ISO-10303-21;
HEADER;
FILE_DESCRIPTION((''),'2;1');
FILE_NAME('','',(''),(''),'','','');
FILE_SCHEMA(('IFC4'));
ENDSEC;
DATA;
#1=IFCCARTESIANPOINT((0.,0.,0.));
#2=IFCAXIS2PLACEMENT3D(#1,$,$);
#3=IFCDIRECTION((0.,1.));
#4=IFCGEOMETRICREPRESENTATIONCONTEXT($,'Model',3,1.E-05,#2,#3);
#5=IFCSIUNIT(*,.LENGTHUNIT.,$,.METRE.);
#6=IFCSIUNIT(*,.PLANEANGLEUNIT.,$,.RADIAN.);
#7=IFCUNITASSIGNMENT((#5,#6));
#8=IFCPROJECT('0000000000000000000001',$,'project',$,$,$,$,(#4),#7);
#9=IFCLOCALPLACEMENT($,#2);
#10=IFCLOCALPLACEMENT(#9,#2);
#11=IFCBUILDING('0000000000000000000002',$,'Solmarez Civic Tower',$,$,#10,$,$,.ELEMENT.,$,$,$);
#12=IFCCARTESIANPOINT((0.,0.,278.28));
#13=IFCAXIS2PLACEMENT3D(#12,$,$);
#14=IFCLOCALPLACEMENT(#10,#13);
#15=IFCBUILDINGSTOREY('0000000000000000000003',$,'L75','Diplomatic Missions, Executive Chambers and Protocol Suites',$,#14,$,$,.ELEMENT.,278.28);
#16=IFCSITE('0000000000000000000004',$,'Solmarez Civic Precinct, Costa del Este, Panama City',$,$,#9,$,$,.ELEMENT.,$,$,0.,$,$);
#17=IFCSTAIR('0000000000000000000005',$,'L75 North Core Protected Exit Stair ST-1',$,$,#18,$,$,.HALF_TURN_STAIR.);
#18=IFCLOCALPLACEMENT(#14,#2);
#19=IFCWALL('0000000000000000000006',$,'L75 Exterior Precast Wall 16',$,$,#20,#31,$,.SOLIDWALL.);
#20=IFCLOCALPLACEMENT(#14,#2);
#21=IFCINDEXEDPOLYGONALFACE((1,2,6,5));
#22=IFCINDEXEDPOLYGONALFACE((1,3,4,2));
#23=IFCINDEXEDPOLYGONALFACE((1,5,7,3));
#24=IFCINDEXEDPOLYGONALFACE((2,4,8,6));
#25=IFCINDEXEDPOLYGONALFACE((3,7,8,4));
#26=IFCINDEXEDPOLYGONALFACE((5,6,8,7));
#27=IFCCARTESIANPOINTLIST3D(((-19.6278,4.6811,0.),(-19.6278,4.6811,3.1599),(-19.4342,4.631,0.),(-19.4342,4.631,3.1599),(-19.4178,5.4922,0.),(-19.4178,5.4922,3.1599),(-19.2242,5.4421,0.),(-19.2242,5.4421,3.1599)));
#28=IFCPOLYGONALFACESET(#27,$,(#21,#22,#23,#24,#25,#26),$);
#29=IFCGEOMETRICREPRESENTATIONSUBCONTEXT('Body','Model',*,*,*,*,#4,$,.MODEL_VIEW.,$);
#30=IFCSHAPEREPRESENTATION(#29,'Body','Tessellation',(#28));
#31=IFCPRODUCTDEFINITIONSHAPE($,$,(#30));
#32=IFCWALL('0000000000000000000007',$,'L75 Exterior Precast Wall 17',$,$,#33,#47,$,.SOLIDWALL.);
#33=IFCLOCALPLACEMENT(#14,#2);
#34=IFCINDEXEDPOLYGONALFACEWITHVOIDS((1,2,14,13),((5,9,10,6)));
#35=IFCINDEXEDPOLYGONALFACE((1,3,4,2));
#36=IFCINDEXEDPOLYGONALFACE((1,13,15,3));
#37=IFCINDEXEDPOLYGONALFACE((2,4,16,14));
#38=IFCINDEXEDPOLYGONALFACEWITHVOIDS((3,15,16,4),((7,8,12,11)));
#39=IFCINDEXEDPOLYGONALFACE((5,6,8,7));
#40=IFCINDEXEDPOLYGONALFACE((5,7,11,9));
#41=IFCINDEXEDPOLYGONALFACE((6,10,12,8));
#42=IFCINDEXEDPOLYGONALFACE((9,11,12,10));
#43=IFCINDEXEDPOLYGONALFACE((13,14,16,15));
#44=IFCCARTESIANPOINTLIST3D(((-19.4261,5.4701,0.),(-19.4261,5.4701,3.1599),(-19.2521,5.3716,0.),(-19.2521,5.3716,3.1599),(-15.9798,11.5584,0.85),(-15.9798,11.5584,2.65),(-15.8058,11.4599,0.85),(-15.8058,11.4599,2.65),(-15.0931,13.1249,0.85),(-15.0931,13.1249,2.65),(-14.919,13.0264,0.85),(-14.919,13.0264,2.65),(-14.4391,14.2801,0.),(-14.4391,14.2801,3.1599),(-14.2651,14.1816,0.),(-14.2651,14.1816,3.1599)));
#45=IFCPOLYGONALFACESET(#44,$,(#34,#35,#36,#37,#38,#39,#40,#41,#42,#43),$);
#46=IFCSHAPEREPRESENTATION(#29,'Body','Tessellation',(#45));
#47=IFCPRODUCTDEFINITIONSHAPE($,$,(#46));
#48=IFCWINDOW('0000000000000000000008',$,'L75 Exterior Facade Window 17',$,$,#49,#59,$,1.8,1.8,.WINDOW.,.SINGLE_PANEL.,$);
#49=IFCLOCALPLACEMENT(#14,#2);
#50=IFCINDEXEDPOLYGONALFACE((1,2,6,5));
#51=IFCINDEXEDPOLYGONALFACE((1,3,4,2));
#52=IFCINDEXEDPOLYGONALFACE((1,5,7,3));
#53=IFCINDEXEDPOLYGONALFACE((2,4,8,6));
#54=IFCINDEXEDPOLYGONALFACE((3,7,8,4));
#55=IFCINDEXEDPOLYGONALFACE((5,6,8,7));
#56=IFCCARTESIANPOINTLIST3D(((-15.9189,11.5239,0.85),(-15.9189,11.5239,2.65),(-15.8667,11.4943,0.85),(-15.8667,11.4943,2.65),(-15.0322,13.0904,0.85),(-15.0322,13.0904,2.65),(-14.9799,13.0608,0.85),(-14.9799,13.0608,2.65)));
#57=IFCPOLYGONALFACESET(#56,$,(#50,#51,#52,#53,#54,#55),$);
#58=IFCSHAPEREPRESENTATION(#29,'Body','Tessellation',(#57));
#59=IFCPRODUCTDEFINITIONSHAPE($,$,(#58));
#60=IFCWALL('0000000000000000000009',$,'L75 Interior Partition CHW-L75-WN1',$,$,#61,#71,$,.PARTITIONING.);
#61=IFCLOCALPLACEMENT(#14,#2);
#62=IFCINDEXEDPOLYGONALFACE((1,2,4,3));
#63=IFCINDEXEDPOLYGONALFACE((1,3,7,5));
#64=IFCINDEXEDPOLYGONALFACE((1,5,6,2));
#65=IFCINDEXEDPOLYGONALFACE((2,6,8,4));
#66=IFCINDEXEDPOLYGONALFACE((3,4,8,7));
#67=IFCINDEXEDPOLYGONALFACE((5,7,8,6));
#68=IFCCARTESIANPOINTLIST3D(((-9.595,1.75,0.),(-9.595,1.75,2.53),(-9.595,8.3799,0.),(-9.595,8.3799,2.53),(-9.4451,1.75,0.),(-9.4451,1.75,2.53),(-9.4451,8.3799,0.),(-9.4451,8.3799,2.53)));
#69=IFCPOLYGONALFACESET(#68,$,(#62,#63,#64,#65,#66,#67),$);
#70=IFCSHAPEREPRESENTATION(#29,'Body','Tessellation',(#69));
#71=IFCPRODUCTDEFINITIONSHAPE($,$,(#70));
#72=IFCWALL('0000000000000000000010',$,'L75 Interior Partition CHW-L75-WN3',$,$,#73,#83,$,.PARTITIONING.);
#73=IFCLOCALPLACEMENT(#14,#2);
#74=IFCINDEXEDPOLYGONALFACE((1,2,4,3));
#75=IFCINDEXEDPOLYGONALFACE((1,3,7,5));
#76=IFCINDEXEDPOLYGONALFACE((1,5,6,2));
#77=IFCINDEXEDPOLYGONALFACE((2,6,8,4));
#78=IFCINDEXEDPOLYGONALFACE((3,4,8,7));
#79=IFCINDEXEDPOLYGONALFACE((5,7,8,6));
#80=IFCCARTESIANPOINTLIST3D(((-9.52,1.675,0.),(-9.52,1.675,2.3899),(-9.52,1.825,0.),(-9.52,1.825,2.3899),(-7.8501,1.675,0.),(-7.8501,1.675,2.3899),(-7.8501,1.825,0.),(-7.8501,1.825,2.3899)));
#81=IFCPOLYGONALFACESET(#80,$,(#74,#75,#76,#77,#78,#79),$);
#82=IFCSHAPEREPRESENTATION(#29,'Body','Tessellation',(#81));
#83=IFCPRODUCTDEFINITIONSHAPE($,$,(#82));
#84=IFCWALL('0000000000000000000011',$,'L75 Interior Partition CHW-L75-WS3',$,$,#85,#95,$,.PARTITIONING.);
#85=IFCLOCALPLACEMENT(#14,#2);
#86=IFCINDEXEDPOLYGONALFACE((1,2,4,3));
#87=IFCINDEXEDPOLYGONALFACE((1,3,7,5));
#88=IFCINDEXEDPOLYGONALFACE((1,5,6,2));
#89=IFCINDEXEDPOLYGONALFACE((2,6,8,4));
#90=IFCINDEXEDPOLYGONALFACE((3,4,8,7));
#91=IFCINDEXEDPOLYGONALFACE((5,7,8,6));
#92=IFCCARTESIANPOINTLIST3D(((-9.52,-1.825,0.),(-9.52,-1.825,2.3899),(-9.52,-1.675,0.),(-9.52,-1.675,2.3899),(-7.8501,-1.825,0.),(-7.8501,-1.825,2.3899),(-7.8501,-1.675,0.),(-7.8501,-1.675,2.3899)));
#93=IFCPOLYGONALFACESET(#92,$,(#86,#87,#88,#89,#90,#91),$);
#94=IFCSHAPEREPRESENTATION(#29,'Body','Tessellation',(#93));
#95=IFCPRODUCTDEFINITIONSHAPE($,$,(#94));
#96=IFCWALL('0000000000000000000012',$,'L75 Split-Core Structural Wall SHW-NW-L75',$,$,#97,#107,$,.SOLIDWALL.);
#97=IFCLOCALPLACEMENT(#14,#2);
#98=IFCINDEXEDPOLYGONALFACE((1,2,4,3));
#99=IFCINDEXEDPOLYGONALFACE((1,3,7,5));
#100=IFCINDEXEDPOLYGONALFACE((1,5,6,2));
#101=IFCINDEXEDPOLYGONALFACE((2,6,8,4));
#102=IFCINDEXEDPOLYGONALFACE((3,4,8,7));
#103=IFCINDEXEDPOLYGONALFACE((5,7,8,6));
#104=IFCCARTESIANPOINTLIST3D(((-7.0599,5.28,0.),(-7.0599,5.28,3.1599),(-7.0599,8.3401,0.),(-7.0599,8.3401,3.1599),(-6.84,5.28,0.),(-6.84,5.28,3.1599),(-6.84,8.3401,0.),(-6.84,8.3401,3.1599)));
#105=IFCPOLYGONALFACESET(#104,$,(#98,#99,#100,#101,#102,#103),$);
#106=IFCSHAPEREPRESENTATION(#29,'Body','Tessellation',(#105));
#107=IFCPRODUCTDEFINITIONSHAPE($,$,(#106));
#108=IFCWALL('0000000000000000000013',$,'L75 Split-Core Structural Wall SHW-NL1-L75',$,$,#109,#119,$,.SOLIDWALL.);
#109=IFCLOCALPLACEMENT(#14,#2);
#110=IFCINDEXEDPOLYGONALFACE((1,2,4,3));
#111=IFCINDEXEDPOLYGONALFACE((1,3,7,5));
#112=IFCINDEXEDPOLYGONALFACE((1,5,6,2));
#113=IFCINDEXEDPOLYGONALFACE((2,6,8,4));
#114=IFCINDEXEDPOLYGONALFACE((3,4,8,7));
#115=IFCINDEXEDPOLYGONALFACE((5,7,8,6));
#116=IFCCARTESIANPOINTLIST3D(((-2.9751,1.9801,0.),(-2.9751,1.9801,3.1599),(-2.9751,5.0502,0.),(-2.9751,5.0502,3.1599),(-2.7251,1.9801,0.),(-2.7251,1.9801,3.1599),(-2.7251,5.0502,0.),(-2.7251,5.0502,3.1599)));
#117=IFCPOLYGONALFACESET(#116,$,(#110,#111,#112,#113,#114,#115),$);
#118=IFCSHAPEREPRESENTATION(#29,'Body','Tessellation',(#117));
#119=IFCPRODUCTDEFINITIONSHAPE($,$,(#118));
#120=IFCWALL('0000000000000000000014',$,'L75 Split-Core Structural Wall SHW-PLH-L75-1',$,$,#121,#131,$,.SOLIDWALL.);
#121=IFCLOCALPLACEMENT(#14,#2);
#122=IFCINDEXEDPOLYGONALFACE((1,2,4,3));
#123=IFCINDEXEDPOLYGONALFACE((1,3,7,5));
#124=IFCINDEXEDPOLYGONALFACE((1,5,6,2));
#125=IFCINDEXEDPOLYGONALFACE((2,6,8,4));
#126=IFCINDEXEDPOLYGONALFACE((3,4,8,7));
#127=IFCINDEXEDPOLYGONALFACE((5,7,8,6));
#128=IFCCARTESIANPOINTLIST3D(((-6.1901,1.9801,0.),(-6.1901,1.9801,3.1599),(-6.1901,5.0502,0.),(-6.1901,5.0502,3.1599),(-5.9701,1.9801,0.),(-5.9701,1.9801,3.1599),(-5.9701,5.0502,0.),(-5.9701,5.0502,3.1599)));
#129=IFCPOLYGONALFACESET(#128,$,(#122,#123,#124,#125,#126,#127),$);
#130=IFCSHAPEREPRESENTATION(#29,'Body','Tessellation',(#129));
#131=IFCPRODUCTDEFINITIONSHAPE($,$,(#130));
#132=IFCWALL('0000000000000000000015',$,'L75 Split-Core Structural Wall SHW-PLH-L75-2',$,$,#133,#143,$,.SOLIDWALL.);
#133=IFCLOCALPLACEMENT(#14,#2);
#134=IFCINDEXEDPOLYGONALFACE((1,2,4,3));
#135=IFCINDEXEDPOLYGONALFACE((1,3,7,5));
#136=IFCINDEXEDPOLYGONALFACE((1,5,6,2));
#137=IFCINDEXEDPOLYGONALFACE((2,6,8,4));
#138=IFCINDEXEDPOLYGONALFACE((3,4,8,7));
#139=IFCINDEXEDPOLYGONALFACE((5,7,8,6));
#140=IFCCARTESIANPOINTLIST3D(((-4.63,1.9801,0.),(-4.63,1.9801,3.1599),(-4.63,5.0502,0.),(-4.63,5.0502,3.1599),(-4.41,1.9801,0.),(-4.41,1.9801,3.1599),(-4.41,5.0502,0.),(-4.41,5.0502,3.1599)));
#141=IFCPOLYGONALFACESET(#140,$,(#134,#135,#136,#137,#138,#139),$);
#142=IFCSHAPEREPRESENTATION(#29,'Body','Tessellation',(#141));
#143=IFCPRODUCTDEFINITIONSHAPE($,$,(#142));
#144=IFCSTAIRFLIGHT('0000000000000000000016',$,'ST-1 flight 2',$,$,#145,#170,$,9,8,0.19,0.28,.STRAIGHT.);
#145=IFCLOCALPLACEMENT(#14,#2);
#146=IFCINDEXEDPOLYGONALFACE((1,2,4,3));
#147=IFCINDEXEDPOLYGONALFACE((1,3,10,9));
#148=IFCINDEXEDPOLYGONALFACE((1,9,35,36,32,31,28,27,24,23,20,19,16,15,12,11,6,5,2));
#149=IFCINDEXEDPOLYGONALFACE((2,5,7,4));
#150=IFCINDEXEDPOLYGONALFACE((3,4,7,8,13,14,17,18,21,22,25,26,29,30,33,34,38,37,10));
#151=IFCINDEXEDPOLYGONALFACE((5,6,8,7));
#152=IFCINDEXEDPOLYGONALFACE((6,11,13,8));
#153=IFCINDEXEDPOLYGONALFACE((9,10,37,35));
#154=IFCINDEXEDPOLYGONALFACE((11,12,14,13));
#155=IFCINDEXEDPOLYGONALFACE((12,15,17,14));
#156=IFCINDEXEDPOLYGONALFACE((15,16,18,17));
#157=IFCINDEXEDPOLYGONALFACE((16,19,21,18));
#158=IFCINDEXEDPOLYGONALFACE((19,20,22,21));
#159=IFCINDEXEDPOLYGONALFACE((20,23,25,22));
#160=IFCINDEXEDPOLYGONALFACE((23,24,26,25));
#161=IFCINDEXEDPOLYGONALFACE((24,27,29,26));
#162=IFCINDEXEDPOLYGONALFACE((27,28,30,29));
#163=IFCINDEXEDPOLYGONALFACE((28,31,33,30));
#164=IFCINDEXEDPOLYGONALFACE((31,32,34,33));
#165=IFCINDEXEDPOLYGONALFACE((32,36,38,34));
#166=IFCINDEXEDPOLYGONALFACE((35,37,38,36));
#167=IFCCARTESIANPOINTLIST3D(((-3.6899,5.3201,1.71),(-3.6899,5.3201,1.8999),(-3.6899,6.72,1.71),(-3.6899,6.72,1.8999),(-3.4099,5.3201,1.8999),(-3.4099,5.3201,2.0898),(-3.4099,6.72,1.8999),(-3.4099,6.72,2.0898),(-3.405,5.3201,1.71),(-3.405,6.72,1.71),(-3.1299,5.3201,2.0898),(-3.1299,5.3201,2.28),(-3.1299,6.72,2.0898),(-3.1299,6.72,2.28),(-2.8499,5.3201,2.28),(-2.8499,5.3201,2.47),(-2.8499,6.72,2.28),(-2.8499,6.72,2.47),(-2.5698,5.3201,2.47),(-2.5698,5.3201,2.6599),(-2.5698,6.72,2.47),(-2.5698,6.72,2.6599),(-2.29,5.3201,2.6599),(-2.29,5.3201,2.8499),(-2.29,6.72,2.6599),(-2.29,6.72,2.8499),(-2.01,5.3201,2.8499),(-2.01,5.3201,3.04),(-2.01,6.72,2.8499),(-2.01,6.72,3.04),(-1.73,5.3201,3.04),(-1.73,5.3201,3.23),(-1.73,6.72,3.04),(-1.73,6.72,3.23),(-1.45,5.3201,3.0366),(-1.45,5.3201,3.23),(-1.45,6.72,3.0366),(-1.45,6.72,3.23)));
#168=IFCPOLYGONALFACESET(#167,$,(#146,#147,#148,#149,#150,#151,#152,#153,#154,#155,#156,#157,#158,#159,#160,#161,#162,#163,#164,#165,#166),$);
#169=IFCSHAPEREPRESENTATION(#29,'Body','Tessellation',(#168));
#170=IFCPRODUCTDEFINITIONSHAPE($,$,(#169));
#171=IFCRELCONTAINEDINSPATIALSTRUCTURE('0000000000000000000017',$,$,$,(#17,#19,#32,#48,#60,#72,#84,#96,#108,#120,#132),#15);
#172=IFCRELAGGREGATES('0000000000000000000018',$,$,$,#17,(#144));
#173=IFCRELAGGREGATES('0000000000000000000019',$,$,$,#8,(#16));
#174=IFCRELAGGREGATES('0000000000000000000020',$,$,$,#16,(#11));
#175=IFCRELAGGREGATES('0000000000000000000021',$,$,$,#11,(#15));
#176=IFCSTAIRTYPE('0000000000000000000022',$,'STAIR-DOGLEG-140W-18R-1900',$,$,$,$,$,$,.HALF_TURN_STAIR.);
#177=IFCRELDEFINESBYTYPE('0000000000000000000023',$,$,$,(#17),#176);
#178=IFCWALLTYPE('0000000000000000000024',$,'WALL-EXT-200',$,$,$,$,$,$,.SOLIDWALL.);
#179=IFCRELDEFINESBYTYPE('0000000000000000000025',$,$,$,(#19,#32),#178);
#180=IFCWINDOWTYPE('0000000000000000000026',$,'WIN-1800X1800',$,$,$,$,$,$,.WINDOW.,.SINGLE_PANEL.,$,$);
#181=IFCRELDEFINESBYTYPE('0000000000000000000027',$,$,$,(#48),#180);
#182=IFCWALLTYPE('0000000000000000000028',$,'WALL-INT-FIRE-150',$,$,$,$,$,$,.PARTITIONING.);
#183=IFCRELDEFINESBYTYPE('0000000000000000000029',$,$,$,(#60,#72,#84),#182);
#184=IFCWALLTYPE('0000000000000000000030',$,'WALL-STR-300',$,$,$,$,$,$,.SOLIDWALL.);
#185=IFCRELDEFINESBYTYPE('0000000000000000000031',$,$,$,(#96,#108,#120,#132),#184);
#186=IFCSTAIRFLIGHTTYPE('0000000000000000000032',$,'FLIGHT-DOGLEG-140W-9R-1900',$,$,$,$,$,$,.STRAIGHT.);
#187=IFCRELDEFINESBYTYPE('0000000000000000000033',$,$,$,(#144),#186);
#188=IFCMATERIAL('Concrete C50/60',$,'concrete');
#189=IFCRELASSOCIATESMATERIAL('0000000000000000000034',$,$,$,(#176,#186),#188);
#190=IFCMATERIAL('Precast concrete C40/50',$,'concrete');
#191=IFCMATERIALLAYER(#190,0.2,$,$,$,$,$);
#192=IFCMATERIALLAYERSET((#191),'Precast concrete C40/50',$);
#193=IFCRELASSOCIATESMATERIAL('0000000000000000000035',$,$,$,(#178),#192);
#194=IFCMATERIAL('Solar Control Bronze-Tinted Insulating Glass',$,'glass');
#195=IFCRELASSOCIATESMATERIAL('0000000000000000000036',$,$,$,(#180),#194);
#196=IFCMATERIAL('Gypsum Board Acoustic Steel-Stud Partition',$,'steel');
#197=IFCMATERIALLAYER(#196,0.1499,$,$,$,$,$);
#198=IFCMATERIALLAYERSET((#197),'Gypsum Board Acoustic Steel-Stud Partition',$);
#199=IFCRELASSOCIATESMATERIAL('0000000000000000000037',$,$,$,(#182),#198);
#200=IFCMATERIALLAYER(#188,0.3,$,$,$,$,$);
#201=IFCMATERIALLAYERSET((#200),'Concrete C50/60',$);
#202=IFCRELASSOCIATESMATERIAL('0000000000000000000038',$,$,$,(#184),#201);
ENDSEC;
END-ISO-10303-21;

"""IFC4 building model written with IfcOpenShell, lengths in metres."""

from ifc_helpers import new_model, si_unit, direction, frame, frame_2d, origin, place, context, subcontext, project, spatial, polyline, rectangle, outline, extrude, material, layer, layer_set, type_object, element, fill, aggregate, save


model = new_model("IFC4")

# Units and contexts
model_context = context("Model", 3, precision=1e-05, world=origin(), true_north=direction((0.0, 1.0)))
body_context = subcontext(model_context, "Body", "Model", "MODEL_VIEW")
ifc_project = project(units=[si_unit("LENGTHUNIT", "METRE"), si_unit("PLANEANGLEUNIT", "RADIAN")], contexts=[model_context])

# Site, building, storey
site_placement = place(None, origin())
site = spatial("IfcSite", under=ifc_project, at=site_placement, Name="Solmarez Civic Precinct, Costa del Este, Panama City", CompositionType="ELEMENT", RefElevation=0.0)
building_placement = place(site_placement, origin())
building = spatial("IfcBuilding", under=site, at=building_placement, Name="Solmarez Civic Tower", CompositionType="ELEMENT")
storey_placement = place(building_placement, frame((0.0, 0.0, 278.28)))
storey = spatial("IfcBuildingStorey", under=building, at=storey_placement, Name="L75", Description="Diplomatic Missions, Executive Chambers and Protocol Suites", CompositionType="ELEMENT", Elevation=278.28)

# Shared definitions
ifc_material_1 = material(Name="Concrete C50/60", Category="concrete")

# Stair
stair_type = type_object("IfcStairType", Name="STAIR-DOGLEG-140W-18R-1900", PredefinedType="HALF_TURN_STAIR", material=ifc_material_1)
stair_1_placement = place(storey_placement, origin())
stair_1 = element("IfcStair", 1, at=stair_1_placement, inside=storey, type_object=stair_type, Name="L75 North Core Protected Exit Stair ST-1", PredefinedType="HALF_TURN_STAIR")

# Wall
ifc_material_2 = material(Name="Precast concrete C40/50", Category="concrete")
ifc_layer_1 = layer(ifc_material_2, 0.2)
ifc_layer_set_1 = layer_set([ifc_layer_1], Name="Precast concrete C40/50")
wall_type_1 = type_object("IfcWallType", Name="WALL-EXT-200", PredefinedType="SOLIDWALL", material=ifc_layer_set_1)
wall_1_placement = place(storey_placement, frame((-19.531, 4.656, 0.0), z_axis=(0.0, 0.0, 1.0), x_axis=(0.250618, 0.968086, 0.0)))
element("IfcWall", 2, at=wall_1_placement, inside=storey, type_object=wall_type_1, Name="L75 Exterior Precast Wall 16", PredefinedType="SOLIDWALL", context=body_context, shape_type="SweptSolid", body=[
    extrude(rectangle(XDim=0.8379, YDim=0.2, at=frame_2d((0.4189, 0.0))), origin(), (0.0, 0.0, 1.0), 3.1599),
])

# Wall, opening, window
wall_2_placement = place(storey_placement, frame((-19.3391, 5.4209, 0.0), z_axis=(0.0, 0.0, 1.0), x_axis=(0.492616, 0.870247, 0.0)))
wall_2 = element("IfcWall", 3, at=wall_2_placement, inside=storey, type_object=wall_type_1, Name="L75 Exterior Precast Wall 17", PredefinedType="SOLIDWALL", context=body_context, shape_type="SweptSolid", body=[
    extrude(rectangle(XDim=10.1235, YDim=0.2, at=frame_2d((5.0618, 0.0))), origin(), (0.0, 0.0, 1.0), 3.1599),
])
opening_placement = place(wall_2_placement, frame((6.9961, 0.0, 0.8501)))
opening = element("IfcOpeningElement", 4, at=opening_placement, cuts=wall_2, PredefinedType="OPENING", context=body_context, shape_type="SweptSolid", body=[
    extrude(rectangle(XDim=1.8, YDim=1.8, at=frame_2d((0.8999, 0.8999))), frame((0.0, 0.1099, 0.0), z_axis=(0.0, -1.0, 0.0), x_axis=(1.0, 0.0, 0.0)), (0.0, 0.0, 1.0), 0.22),
])
ifc_material_3 = material(Name="Solar Control Bronze-Tinted Insulating Glass", Category="glass")
window_type = type_object("IfcWindowType", Name="WIN-1800X1800", PartitioningType="SINGLE_PANEL", PredefinedType="WINDOW", material=ifc_material_3)
window_placement = place(opening_placement, origin())
window = element("IfcWindow", 5, at=window_placement, inside=storey, type_object=window_type, Name="L75 Exterior Facade Window 17", OverallHeight=1.8, OverallWidth=1.8, PartitioningType="SINGLE_PANEL", PredefinedType="WINDOW", context=body_context, shape_type="SweptSolid", body=[
    extrude(rectangle(XDim=1.8, YDim=1.8, at=frame_2d((0.8999, 0.8999))), frame((0.0, 0.03, 0.0), z_axis=(0.0, -1.0, 0.0), x_axis=(1.0, 0.0, 0.0)), (0.0, 0.0, 1.0), 0.0601),
])
fill(opening, window)

# Walls
ifc_material_4 = material(Name="Gypsum Board Acoustic Steel-Stud Partition", Category="steel")
ifc_layer_2 = layer(ifc_material_4, 0.1499)
ifc_layer_set_2 = layer_set([ifc_layer_2], Name="Gypsum Board Acoustic Steel-Stud Partition")
wall_type_2 = type_object("IfcWallType", Name="WALL-INT-FIRE-150", PredefinedType="PARTITIONING", material=ifc_layer_set_2)
wall_3_placement = place(storey_placement, frame((-9.52, 1.75, 0.0), z_axis=(0.0, 0.0, 1.0), x_axis=(0.0, 1.0, 0.0)))
element("IfcWall", 6, at=wall_3_placement, inside=storey, type_object=wall_type_2, Name="L75 Interior Partition CHW-L75-WN1", PredefinedType="PARTITIONING", context=body_context, shape_type="SweptSolid", body=[
    extrude(rectangle(XDim=6.6299, YDim=0.1499, at=frame_2d((3.3149, 0.0))), origin(), (0.0, 0.0, 1.0), 2.53),
])
for number, where, z_axis, x_axis, name in (
    (7, (-7.8501, 1.75, 0.0), (0.0, 0.0, 1.0), (-1.0, 0.0, 0.0), "L75 Interior Partition CHW-L75-WN3"),
    (8, (-7.8501, -1.75, 0.0), (0.0, 0.0, 1.0), (-1.0, 0.0, 0.0), "L75 Interior Partition CHW-L75-WS3"),
):
    element("IfcWall", number, at=place(storey_placement, frame(where, z_axis=z_axis, x_axis=x_axis)), inside=storey, type_object=wall_type_2, Name=name, PredefinedType="PARTITIONING", context=body_context, shape_type="SweptSolid", body=[
        extrude(rectangle(XDim=1.6699, YDim=0.1499, at=frame_2d((0.835, 0.0))), origin(), (0.0, 0.0, 1.0), 2.3899),
    ])
ifc_layer_3 = layer(ifc_material_1, 0.3)
ifc_layer_set_3 = layer_set([ifc_layer_3], Name="Concrete C50/60")
wall_type_3 = type_object("IfcWallType", Name="WALL-STR-300", PredefinedType="SOLIDWALL", material=ifc_layer_set_3)
wall_4_placement = place(storey_placement, frame((-6.95, 5.28, 0.0), z_axis=(0.0, 0.0, 1.0), x_axis=(0.0, 1.0, 0.0)))
element("IfcWall", 9, at=wall_4_placement, inside=storey, type_object=wall_type_3, Name="L75 Split-Core Structural Wall SHW-NW-L75", PredefinedType="SOLIDWALL", context=body_context, shape_type="SweptSolid", body=[
    extrude(rectangle(XDim=3.0601, YDim=0.22, at=frame_2d((1.53, 0.0))), origin(), (0.0, 0.0, 1.0), 3.1599),
])
wall_5_placement = place(storey_placement, frame((-2.8501, 1.98, 0.0), z_axis=(0.0, 0.0, 1.0), x_axis=(0.0, 1.0, 0.0)))
element("IfcWall", 10, at=wall_5_placement, inside=storey, type_object=wall_type_3, Name="L75 Split-Core Structural Wall SHW-NL1-L75", PredefinedType="SOLIDWALL", context=body_context, shape_type="SweptSolid", body=[
    extrude(rectangle(XDim=3.0701, YDim=0.25, at=frame_2d((1.5352, 0.0))), origin(), (0.0, 0.0, 1.0), 3.1599),
])
for number, where, z_axis, x_axis, name in (
    (11, (-6.0801, 1.98, 0.0), (0.0, 0.0, 1.0), (0.0, 1.0, 0.0), "L75 Split-Core Structural Wall SHW-PLH-L75-1"),
    (12, (-4.52, 1.98, 0.0), (0.0, 0.0, 1.0), (0.0, 1.0, 0.0), "L75 Split-Core Structural Wall SHW-PLH-L75-2"),
):
    element("IfcWall", number, at=place(storey_placement, frame(where, z_axis=z_axis, x_axis=x_axis)), inside=storey, type_object=wall_type_3, Name=name, PredefinedType="SOLIDWALL", context=body_context, shape_type="SweptSolid", body=[
        extrude(rectangle(XDim=3.0701, YDim=0.22, at=frame_2d((1.5352, 0.0))), origin(), (0.0, 0.0, 1.0), 3.1599),
    ])

# Stair flight
stair_flight_type = type_object("IfcStairFlightType", Name="FLIGHT-DOGLEG-140W-9R-1900", PredefinedType="STRAIGHT", material=ifc_material_1)
stair_flight_placement = place(storey_placement, frame((-3.6899, 6.02, 1.71), z_axis=(0.0, 0.0, 1.0), x_axis=(1.0, 0.0, 0.0)))
stair_flight = element("IfcStairFlight", 13, at=stair_flight_placement, type_object=stair_flight_type, Name="ST-1 flight 2", NumberOfRisers=9, NumberOfTreads=8, PredefinedType="STRAIGHT", RiserHeight=0.19, TreadLength=0.28, context=body_context, shape_type="SweptSolid", body=[
    extrude(outline(polyline([(0.0, 0.0), (0.0, 0.1899), (0.28, 0.1899), (0.28, 0.3799), (0.5601, 0.3799), (0.5601, 0.5701), (0.8401, 0.5701), (0.8401, 0.76), (1.1201, 0.76), (1.1201, 0.95), (1.3999, 0.95), (1.3999, 1.1399), (1.6799, 1.1399), (1.6799, 1.3301), (1.96, 1.3301), (1.96, 1.52), (2.24, 1.52), (2.24, 1.71), (2.24, 1.3267), (0.2849, 0.0), (0.0, 0.0)])), frame((0.0, 0.7, 0.0), z_axis=(0.0, -1.0, 0.0), x_axis=(1.0, 0.0, 0.0)), (0.0, 0.0, 1.0), 1.3999),
])
aggregate(stair_1, [stair_flight])

save(model, "model.ifc")
